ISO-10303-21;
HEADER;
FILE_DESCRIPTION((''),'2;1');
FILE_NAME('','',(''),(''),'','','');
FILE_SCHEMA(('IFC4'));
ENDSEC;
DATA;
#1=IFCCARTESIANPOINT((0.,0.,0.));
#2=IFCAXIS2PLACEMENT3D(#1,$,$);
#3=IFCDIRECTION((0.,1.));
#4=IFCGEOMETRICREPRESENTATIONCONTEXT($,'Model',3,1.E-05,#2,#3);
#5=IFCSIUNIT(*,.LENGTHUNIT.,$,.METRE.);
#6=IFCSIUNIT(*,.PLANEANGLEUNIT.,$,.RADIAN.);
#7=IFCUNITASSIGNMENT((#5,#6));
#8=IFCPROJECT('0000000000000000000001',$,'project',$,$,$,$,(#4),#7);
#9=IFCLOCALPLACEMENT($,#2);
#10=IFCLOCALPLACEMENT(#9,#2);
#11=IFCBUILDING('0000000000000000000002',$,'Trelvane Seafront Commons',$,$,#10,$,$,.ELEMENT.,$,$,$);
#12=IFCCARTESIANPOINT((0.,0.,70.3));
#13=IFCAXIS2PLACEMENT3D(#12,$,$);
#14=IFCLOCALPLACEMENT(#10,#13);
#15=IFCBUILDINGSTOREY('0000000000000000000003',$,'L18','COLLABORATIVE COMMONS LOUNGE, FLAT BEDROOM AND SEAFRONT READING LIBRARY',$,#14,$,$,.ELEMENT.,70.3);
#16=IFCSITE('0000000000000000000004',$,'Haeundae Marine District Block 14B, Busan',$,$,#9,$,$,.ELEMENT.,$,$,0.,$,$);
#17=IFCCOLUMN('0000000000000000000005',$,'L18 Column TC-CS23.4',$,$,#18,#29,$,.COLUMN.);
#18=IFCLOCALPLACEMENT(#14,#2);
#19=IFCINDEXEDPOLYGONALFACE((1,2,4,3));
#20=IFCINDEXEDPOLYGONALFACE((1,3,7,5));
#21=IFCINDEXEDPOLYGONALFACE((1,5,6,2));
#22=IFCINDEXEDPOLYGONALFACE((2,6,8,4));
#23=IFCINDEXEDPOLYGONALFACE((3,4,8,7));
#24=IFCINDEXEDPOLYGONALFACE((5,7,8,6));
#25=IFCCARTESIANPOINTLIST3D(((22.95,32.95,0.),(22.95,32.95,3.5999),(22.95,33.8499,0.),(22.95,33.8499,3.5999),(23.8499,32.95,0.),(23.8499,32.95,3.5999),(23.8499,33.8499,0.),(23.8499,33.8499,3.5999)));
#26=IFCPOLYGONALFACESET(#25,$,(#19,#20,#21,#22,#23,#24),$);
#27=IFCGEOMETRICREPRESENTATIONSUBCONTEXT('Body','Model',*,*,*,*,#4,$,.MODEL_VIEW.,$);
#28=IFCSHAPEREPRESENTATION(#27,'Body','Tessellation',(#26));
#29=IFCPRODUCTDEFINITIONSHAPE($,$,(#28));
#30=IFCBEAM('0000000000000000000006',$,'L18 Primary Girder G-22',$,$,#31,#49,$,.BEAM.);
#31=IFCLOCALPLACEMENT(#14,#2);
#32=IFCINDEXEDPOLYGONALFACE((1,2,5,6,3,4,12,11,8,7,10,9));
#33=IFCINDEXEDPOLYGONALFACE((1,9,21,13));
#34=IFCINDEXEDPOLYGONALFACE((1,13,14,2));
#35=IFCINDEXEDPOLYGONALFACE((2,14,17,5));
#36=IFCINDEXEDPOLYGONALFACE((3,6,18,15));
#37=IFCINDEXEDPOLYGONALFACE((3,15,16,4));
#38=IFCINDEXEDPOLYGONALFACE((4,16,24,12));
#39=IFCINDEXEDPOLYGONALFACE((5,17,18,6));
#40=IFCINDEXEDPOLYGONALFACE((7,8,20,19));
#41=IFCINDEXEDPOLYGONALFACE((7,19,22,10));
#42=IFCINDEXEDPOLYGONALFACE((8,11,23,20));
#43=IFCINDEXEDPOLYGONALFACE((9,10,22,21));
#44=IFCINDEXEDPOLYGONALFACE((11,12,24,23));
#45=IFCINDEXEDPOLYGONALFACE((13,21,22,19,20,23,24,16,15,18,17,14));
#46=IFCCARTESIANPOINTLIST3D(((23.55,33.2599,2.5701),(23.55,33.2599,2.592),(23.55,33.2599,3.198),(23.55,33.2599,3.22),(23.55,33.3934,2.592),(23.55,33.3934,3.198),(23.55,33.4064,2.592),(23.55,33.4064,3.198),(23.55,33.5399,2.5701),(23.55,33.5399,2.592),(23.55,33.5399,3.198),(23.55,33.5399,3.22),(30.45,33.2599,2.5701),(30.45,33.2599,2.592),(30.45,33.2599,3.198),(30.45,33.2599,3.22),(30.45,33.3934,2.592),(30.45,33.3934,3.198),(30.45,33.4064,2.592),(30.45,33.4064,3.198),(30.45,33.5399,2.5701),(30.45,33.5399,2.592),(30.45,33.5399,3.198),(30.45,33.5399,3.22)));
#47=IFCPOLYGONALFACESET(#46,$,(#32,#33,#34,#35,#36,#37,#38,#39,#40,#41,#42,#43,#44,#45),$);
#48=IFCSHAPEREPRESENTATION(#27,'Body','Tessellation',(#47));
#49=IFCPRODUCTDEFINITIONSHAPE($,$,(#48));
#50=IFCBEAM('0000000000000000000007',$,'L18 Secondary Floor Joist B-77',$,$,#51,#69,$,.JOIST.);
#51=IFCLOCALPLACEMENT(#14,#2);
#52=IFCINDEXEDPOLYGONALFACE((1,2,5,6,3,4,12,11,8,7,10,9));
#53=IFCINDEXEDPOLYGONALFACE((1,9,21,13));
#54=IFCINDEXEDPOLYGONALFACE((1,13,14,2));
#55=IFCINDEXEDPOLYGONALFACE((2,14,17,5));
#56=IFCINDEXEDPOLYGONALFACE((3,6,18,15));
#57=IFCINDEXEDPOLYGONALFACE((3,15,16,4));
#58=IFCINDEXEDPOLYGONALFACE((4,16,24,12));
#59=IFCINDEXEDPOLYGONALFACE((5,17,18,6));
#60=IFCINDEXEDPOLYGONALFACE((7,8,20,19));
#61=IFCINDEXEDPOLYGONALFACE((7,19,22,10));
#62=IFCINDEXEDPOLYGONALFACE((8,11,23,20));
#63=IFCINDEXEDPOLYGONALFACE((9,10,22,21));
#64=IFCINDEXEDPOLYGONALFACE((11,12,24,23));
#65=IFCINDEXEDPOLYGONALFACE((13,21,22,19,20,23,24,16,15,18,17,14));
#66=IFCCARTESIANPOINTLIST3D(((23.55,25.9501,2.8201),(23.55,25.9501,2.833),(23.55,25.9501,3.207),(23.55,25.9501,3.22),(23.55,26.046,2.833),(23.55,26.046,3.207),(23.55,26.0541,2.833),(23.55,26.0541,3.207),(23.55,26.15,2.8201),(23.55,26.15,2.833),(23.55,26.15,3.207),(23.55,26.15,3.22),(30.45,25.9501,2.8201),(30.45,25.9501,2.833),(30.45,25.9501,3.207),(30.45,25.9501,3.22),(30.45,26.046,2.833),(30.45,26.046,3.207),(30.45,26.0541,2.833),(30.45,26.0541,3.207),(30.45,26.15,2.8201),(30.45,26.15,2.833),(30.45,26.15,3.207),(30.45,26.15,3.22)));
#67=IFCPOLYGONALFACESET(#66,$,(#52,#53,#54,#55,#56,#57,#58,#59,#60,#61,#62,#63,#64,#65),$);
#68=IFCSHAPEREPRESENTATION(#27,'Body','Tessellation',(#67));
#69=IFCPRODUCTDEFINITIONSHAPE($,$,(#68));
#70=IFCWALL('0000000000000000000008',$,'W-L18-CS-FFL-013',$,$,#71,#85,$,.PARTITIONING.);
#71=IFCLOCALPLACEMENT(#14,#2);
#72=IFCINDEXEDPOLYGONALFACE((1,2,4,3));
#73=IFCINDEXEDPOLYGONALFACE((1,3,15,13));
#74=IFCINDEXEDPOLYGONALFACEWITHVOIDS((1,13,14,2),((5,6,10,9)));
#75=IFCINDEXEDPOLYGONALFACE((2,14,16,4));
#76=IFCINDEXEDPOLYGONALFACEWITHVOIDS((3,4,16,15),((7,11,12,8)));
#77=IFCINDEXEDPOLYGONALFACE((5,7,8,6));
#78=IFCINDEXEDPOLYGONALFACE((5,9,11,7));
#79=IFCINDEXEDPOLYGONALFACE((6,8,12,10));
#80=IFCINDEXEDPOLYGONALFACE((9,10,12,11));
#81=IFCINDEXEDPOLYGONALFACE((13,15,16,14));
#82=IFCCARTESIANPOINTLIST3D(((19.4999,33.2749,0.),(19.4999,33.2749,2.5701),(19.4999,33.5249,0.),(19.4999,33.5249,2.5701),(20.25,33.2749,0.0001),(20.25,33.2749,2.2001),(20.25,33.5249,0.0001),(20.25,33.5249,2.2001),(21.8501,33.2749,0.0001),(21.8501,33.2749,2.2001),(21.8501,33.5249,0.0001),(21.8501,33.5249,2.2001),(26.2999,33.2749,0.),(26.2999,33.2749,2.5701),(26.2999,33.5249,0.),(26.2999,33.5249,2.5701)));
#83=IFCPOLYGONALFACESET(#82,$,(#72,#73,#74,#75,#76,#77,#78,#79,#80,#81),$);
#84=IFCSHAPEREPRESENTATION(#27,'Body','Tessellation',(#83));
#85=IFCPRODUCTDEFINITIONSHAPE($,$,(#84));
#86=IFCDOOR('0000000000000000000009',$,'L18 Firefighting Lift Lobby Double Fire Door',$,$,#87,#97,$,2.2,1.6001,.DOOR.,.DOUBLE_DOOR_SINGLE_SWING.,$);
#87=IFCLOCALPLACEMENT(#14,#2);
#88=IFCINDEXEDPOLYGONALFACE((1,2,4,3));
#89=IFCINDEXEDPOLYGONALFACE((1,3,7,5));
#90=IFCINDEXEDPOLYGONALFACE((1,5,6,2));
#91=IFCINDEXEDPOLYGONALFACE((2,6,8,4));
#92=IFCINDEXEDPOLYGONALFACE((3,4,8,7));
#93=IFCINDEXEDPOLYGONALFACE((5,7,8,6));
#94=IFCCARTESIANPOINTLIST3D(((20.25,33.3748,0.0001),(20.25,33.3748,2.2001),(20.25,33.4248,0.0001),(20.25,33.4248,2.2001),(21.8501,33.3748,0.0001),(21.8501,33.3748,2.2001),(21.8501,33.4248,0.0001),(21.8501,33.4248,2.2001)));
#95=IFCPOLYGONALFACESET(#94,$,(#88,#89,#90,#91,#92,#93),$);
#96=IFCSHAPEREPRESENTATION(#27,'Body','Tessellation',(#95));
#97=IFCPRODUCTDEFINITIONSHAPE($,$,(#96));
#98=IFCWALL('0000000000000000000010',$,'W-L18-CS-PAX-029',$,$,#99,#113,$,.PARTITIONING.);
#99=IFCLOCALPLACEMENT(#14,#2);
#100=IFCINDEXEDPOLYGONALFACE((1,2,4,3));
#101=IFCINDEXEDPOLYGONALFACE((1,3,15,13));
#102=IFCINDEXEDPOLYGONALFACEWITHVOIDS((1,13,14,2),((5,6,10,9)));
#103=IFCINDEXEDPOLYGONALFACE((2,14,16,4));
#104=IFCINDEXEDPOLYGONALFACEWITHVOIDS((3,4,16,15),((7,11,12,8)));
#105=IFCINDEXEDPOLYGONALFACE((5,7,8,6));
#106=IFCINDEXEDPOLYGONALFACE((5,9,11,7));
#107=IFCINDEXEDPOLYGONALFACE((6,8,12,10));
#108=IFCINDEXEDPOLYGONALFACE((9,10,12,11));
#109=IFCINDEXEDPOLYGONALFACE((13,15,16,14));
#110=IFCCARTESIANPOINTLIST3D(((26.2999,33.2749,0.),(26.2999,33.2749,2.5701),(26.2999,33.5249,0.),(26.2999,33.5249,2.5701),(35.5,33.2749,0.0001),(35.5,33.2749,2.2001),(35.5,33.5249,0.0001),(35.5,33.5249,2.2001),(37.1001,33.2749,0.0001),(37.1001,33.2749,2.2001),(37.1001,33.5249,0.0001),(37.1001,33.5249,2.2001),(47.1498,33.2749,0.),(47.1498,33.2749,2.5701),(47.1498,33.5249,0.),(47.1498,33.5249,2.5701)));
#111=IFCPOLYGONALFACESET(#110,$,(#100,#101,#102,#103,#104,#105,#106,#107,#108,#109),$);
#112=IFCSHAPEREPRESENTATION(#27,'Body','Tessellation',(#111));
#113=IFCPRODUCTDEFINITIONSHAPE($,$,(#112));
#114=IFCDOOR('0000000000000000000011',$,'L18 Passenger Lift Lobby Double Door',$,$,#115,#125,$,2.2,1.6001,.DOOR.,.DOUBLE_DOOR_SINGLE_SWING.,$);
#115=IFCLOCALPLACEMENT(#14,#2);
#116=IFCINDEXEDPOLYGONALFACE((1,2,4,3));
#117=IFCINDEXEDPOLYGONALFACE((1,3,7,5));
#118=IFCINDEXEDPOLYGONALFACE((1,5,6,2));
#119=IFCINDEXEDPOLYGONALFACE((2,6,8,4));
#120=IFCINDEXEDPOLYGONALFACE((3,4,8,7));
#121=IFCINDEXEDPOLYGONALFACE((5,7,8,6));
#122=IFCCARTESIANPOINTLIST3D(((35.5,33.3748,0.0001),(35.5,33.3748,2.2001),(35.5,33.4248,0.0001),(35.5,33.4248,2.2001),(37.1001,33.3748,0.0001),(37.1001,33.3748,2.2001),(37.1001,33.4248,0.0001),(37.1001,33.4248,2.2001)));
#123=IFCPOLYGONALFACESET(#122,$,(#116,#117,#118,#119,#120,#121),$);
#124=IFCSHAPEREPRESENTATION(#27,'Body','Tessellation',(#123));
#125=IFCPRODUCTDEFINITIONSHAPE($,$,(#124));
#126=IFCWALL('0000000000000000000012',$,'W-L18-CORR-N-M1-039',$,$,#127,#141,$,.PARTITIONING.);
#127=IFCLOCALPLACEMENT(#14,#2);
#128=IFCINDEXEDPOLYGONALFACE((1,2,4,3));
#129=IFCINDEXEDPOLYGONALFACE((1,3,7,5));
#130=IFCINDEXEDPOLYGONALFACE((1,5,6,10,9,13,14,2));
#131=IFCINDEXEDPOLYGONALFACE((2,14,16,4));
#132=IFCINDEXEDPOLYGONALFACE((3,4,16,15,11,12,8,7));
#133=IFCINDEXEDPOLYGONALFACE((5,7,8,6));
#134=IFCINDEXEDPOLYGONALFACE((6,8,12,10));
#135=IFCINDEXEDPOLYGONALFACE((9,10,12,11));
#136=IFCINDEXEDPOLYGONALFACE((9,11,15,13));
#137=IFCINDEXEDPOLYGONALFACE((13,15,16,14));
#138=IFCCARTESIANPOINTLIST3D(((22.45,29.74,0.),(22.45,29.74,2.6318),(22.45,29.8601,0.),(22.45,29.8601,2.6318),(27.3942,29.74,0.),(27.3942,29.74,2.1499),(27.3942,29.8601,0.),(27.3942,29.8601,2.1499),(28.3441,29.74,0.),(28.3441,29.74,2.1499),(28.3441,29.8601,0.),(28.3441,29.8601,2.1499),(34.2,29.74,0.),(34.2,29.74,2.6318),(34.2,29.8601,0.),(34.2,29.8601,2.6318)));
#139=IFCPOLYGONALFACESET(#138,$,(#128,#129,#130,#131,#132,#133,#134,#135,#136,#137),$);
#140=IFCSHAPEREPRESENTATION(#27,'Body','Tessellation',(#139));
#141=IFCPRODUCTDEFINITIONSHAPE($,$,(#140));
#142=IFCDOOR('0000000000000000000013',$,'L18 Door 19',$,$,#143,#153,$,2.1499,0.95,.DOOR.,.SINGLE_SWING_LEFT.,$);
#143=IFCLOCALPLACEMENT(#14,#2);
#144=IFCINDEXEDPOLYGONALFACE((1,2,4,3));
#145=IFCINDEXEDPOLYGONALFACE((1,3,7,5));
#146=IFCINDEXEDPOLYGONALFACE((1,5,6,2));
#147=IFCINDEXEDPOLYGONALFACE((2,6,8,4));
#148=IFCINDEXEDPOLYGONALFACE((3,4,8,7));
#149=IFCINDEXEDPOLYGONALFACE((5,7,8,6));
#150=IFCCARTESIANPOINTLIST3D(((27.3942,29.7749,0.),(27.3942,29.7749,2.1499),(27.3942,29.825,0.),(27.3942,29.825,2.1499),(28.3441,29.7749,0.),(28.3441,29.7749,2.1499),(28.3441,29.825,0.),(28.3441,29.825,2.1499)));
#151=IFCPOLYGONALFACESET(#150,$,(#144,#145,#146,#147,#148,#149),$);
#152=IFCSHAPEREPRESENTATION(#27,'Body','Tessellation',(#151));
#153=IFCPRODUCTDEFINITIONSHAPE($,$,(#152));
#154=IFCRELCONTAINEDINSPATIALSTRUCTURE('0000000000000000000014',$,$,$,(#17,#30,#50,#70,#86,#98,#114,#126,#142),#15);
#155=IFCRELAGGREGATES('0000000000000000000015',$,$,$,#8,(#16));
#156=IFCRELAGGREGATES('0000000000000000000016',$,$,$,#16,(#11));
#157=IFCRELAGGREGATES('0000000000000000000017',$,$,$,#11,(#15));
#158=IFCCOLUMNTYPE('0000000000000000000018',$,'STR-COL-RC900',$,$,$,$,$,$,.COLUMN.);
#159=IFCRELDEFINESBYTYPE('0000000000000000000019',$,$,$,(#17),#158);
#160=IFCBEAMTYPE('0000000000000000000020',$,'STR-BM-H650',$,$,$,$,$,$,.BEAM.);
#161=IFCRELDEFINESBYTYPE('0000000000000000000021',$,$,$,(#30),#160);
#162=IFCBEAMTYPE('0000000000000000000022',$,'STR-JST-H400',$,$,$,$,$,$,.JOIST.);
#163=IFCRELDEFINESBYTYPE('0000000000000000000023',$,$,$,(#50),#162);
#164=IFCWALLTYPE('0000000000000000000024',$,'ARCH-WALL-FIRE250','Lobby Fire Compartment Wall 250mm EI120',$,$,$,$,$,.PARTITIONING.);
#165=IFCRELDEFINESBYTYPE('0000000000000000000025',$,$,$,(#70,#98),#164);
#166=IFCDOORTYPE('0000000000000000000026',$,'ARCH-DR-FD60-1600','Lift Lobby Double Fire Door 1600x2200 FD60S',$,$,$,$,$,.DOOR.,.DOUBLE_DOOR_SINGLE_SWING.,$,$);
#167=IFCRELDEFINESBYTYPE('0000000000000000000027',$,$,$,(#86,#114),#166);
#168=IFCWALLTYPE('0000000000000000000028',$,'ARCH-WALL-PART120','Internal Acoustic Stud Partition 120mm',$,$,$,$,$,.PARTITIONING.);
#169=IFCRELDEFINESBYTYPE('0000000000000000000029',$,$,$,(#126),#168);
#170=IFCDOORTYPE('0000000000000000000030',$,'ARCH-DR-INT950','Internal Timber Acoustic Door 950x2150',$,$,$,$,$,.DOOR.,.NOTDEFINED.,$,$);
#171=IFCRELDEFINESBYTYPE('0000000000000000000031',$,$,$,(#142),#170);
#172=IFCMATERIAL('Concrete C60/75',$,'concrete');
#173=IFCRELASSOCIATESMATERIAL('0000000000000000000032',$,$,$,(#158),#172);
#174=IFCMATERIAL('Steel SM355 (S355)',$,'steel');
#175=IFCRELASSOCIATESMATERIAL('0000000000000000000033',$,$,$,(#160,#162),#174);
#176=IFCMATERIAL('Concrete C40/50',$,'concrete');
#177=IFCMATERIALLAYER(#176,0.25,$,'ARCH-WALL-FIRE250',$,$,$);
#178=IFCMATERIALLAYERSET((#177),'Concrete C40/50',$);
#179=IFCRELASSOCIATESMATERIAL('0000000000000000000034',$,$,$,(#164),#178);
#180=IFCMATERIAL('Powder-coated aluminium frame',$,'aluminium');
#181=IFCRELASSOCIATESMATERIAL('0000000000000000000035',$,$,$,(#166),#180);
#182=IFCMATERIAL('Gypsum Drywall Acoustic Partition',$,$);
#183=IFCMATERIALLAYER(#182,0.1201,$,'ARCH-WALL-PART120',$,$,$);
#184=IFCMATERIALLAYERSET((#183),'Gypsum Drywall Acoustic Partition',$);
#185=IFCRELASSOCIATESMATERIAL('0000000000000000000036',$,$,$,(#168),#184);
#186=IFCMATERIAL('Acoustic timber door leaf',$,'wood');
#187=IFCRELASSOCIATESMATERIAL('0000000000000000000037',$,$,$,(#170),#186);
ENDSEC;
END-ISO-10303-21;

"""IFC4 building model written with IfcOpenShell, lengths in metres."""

from ifc_helpers import new_model, si_unit, direction, frame, frame_2d, origin, origin_2d, place, context, subcontext, project, spatial, rectangle, i_section, extrude, source, transform, mapped, material, layer, layer_set, material_profile, profile_set, type_object, element, fill, save


model = new_model("IFC4")

# Units and contexts
model_context = context("Model", 3, precision=1e-05, world=origin(), true_north=direction((0.0, 1.0)))
body_context = subcontext(model_context, "Body", "Model", "MODEL_VIEW")
ifc_project = project(units=[si_unit("LENGTHUNIT", "METRE"), si_unit("PLANEANGLEUNIT", "RADIAN")], contexts=[model_context])

# Site, building, storey
site_placement = place(None, origin())
site = spatial("IfcSite", under=ifc_project, at=site_placement, Name="Haeundae Marine District Block 14B, Busan", CompositionType="ELEMENT", RefElevation=0.0)
building_placement = place(site_placement, origin())
building = spatial("IfcBuilding", under=site, at=building_placement, Name="Trelvane Seafront Commons", CompositionType="ELEMENT")
storey_placement = place(building_placement, frame((0.0, 0.0, 70.3)))
storey = spatial("IfcBuildingStorey", under=building, at=storey_placement, Name="L18", Description="COLLABORATIVE COMMONS LOUNGE, FLAT BEDROOM AND SEAFRONT READING LIBRARY", CompositionType="ELEMENT", Elevation=70.3)

# Column
ifc_material_1 = material(Name="Concrete C60/75", Category="concrete")
ifc_material_profile_1 = material_profile(ifc_material_1, rectangle(XDim=0.8999, YDim=0.8999, at=origin_2d()), Name="RC-900x900")
ifc_profile_set_1 = profile_set([ifc_material_profile_1], Name="Concrete C60/75")
column_type = type_object("IfcColumnType", Name="STR-COL-RC900", PredefinedType="COLUMN", material=ifc_profile_set_1)
shared_shape_1 = source(origin(), body_context, "Body", "SweptSolid", [
    extrude(rectangle(XDim=0.8999, YDim=0.8999, at=origin_2d()), origin(), (0.0, 0.0, 1.0), 3.5999),
])
column_placement = place(storey_placement, frame((23.3999, 33.3999, 0.0), z_axis=(0.0, 0.0, 1.0), x_axis=(1.0, 0.0, 0.0)))
element("IfcColumn", 1, at=column_placement, inside=storey, type_object=column_type, Name="L18 Column TC-CS23.4", PredefinedType="COLUMN", context=body_context, shape_type="MappedRepresentation", body=[
    mapped(shared_shape_1, transform((0.0, 0.0, 0.0), x_axis=(1.0, 0.0, 0.0), y_axis=(0.0, 1.0, 0.0), z_axis=(0.0, 0.0, 1.0), scale=1.0)),
])

# Beams
ifc_material_2 = material(Name="Steel SM355 (S355)", Category="steel")
ifc_material_profile_2 = material_profile(ifc_material_2, i_section(OverallWidth=0.28, OverallDepth=0.6499, WebThickness=0.0129, FlangeThickness=0.022, at=origin_2d()), Name="H-650x280x13x22")
ifc_profile_set_2 = profile_set([ifc_material_profile_2], Name="Steel SM355 (S355)")
beam_type_1 = type_object("IfcBeamType", Name="STR-BM-H650", PredefinedType="BEAM", material=ifc_profile_set_2)
shared_shape_2 = source(origin(), body_context, "Body", "SweptSolid", [
    extrude(i_section(OverallWidth=0.28, OverallDepth=0.6499, WebThickness=0.0129, FlangeThickness=0.022, at=origin_2d()), origin(), (0.0, 0.0, 1.0), 6.8999),
])
beam_1_placement = place(storey_placement, frame((23.55, 33.3999, 2.895), z_axis=(1.0, 0.0, 0.0), x_axis=(0.0, 1.0, 0.0)))
element("IfcBeam", 2, at=beam_1_placement, inside=storey, type_object=beam_type_1, Name="L18 Primary Girder G-22", PredefinedType="BEAM", context=body_context, shape_type="MappedRepresentation", body=[
    mapped(shared_shape_2, transform((0.0, 0.0, 0.0), x_axis=(1.0, 0.0, 0.0), y_axis=(0.0, 1.0, 0.0), z_axis=(0.0, 0.0, 1.0), scale=1.0)),
])
ifc_material_profile_3 = material_profile(ifc_material_2, i_section(OverallWidth=0.2, OverallDepth=0.3999, WebThickness=0.0081, FlangeThickness=0.0129, at=origin_2d()), Name="H-400x200x8x13")
ifc_profile_set_3 = profile_set([ifc_material_profile_3], Name="Steel SM355 (S355)")
beam_type_2 = type_object("IfcBeamType", Name="STR-JST-H400", PredefinedType="JOIST", material=ifc_profile_set_3)
shared_shape_3 = source(origin(), body_context, "Body", "SweptSolid", [
    extrude(i_section(OverallWidth=0.2, OverallDepth=0.3999, WebThickness=0.0081, FlangeThickness=0.0129, at=origin_2d()), origin(), (0.0, 0.0, 1.0), 6.8999),
])
beam_2_placement = place(storey_placement, frame((23.55, 26.05, 3.02), z_axis=(1.0, 0.0, 0.0), x_axis=(0.0, 1.0, 0.0)))
element("IfcBeam", 3, at=beam_2_placement, inside=storey, type_object=beam_type_2, Name="L18 Secondary Floor Joist B-77", PredefinedType="JOIST", context=body_context, shape_type="MappedRepresentation", body=[
    mapped(shared_shape_3, transform((0.0, 0.0, 0.0), x_axis=(1.0, 0.0, 0.0), y_axis=(0.0, 1.0, 0.0), z_axis=(0.0, 0.0, 1.0), scale=1.0)),
])

# Walls, openings, doors
ifc_material_3 = material(Name="Concrete C40/50", Category="concrete")
ifc_layer_1 = layer(ifc_material_3, 0.25, Name="ARCH-WALL-FIRE250")
ifc_layer_set_1 = layer_set([ifc_layer_1], Name="Concrete C40/50")
wall_type_1 = type_object("IfcWallType", Name="ARCH-WALL-FIRE250", Description="Lobby Fire Compartment Wall 250mm EI120", PredefinedType="PARTITIONING", material=ifc_layer_set_1)
wall_1_placement = place(storey_placement, frame((19.5, 33.3999, 0.0), z_axis=(0.0, 0.0, 1.0), x_axis=(1.0, 0.0, 0.0)))
wall_1 = element("IfcWall", 4, at=wall_1_placement, inside=storey, type_object=wall_type_1, Name="W-L18-CS-FFL-013", PredefinedType="PARTITIONING", context=body_context, shape_type="SweptSolid", body=[
    extrude(rectangle(XDim=6.8, YDim=0.25, at=frame_2d((3.3999, 0.0))), origin(), (0.0, 0.0, 1.0), 2.5701),
])
opening_1_placement = place(wall_1_placement, frame((0.75, 0.0, 0.0)))
opening_1 = element("IfcOpeningElement", 5, at=opening_1_placement, cuts=wall_1, PredefinedType="OPENING", context=body_context, shape_type="SweptSolid", body=[
    extrude(rectangle(XDim=1.6001, YDim=2.2, at=frame_2d((0.8, 1.1001))), frame((0.0, 0.135, 0.0), z_axis=(0.0, -1.0, 0.0), x_axis=(1.0, 0.0, 0.0)), (0.0, 0.0, 1.0), 0.27),
])
ifc_material_4 = material(Name="Powder-coated aluminium frame", Category="aluminium")
door_type_1 = type_object("IfcDoorType", Name="ARCH-DR-FD60-1600", Description="Lift Lobby Double Fire Door 1600x2200 FD60S", OperationType="DOUBLE_DOOR_SINGLE_SWING", PredefinedType="DOOR", material=ifc_material_4)
shared_shape_4 = source(origin(), body_context, "Body", "SweptSolid", [
    extrude(rectangle(XDim=1.6001, YDim=2.2, at=frame_2d((0.8, 1.1001))), frame((0.0, 0.0249, 0.0), z_axis=(0.0, -1.0, 0.0), x_axis=(1.0, 0.0, 0.0)), (0.0, 0.0, 1.0), 0.05),
])
door_1_placement = place(opening_1_placement, origin())
door_1 = element("IfcDoor", 6, at=door_1_placement, inside=storey, type_object=door_type_1, Name="L18 Firefighting Lift Lobby Double Fire Door", OperationType="DOUBLE_DOOR_SINGLE_SWING", OverallHeight=2.2, OverallWidth=1.6001, PredefinedType="DOOR", context=body_context, shape_type="MappedRepresentation", body=[
    mapped(shared_shape_4, transform((0.0, 0.0, 0.0), x_axis=(1.0, 0.0, 0.0), y_axis=(0.0, 1.0, 0.0), z_axis=(0.0, 0.0, 1.0), scale=1.0)),
])
fill(opening_1, door_1)
wall_2_placement = place(storey_placement, frame((26.3, 33.3999, 0.0), z_axis=(0.0, 0.0, 1.0), x_axis=(1.0, 0.0, 0.0)))
wall_2 = element("IfcWall", 7, at=wall_2_placement, inside=storey, type_object=wall_type_1, Name="W-L18-CS-PAX-029", PredefinedType="PARTITIONING", context=body_context, shape_type="SweptSolid", body=[
    extrude(rectangle(XDim=20.8499, YDim=0.25, at=frame_2d((10.4248, 0.0))), origin(), (0.0, 0.0, 1.0), 2.5701),
])
opening_2_placement = place(wall_2_placement, frame((9.2, 0.0, 0.0)))
opening_2 = element("IfcOpeningElement", 8, at=opening_2_placement, cuts=wall_2, PredefinedType="OPENING", context=body_context, shape_type="SweptSolid", body=[
    extrude(rectangle(XDim=1.6001, YDim=2.2, at=frame_2d((0.8, 1.1001))), frame((0.0, 0.135, 0.0), z_axis=(0.0, -1.0, 0.0), x_axis=(1.0, 0.0, 0.0)), (0.0, 0.0, 1.0), 0.27),
])
door_2_placement = place(opening_2_placement, origin())
door_2 = element("IfcDoor", 9, at=door_2_placement, inside=storey, type_object=door_type_1, Name="L18 Passenger Lift Lobby Double Door", OperationType="DOUBLE_DOOR_SINGLE_SWING", OverallHeight=2.2, OverallWidth=1.6001, PredefinedType="DOOR", context=body_context, shape_type="MappedRepresentation", body=[
    mapped(shared_shape_4, transform((0.0, 0.0, 0.0), x_axis=(1.0, 0.0, 0.0), y_axis=(0.0, 1.0, 0.0), z_axis=(0.0, 0.0, 1.0), scale=1.0)),
])
fill(opening_2, door_2)
ifc_material_5 = material(Name="Gypsum Drywall Acoustic Partition")
ifc_layer_2 = layer(ifc_material_5, 0.1201, Name="ARCH-WALL-PART120")
ifc_layer_set_2 = layer_set([ifc_layer_2], Name="Gypsum Drywall Acoustic Partition")
wall_type_2 = type_object("IfcWallType", Name="ARCH-WALL-PART120", Description="Internal Acoustic Stud Partition 120mm", PredefinedType="PARTITIONING", material=ifc_layer_set_2)
wall_3_placement = place(storey_placement, frame((22.45, 29.8, 0.0), z_axis=(0.0, 0.0, 1.0), x_axis=(1.0, 0.0, 0.0)))
wall_3 = element("IfcWall", 10, at=wall_3_placement, inside=storey, type_object=wall_type_2, Name="W-L18-CORR-N-M1-039", PredefinedType="PARTITIONING", context=body_context, shape_type="SweptSolid", body=[
    extrude(rectangle(XDim=11.75, YDim=0.1201, at=frame_2d((5.875, 0.0))), origin(), (0.0, 0.0, 1.0), 2.6318),
])
opening_3_placement = place(wall_3_placement, frame((4.9441, 0.0, 0.0)))
opening_3 = element("IfcOpeningElement", 11, at=opening_3_placement, cuts=wall_3, PredefinedType="OPENING", context=body_context, shape_type="SweptSolid", body=[
    extrude(rectangle(XDim=0.95, YDim=2.1499, at=frame_2d((0.4751, 1.075))), frame((0.0, 0.0701, 0.0), z_axis=(0.0, -1.0, 0.0), x_axis=(1.0, 0.0, 0.0)), (0.0, 0.0, 1.0), 0.1401),
])
ifc_material_6 = material(Name="Acoustic timber door leaf", Category="wood")
door_type_2 = type_object("IfcDoorType", Name="ARCH-DR-INT950", Description="Internal Timber Acoustic Door 950x2150", OperationType="NOTDEFINED", PredefinedType="DOOR", material=ifc_material_6)
shared_shape_5 = source(origin(), body_context, "Body", "SweptSolid", [
    extrude(rectangle(XDim=0.95, YDim=2.1499, at=frame_2d((0.4751, 1.075))), frame((0.0, 0.0249, 0.0), z_axis=(0.0, -1.0, 0.0), x_axis=(1.0, 0.0, 0.0)), (0.0, 0.0, 1.0), 0.05),
])
door_3_placement = place(opening_3_placement, origin())
door_3 = element("IfcDoor", 12, at=door_3_placement, inside=storey, type_object=door_type_2, Name="L18 Door 19", OperationType="SINGLE_SWING_LEFT", OverallHeight=2.1499, OverallWidth=0.95, PredefinedType="DOOR", context=body_context, shape_type="MappedRepresentation", body=[
    mapped(shared_shape_5, transform((0.0, 0.0, 0.0), x_axis=(1.0, 0.0, 0.0), y_axis=(0.0, 1.0, 0.0), z_axis=(0.0, 0.0, 1.0), scale=1.0)),
])
fill(opening_3, door_3)

save(model, "model.ifc")
